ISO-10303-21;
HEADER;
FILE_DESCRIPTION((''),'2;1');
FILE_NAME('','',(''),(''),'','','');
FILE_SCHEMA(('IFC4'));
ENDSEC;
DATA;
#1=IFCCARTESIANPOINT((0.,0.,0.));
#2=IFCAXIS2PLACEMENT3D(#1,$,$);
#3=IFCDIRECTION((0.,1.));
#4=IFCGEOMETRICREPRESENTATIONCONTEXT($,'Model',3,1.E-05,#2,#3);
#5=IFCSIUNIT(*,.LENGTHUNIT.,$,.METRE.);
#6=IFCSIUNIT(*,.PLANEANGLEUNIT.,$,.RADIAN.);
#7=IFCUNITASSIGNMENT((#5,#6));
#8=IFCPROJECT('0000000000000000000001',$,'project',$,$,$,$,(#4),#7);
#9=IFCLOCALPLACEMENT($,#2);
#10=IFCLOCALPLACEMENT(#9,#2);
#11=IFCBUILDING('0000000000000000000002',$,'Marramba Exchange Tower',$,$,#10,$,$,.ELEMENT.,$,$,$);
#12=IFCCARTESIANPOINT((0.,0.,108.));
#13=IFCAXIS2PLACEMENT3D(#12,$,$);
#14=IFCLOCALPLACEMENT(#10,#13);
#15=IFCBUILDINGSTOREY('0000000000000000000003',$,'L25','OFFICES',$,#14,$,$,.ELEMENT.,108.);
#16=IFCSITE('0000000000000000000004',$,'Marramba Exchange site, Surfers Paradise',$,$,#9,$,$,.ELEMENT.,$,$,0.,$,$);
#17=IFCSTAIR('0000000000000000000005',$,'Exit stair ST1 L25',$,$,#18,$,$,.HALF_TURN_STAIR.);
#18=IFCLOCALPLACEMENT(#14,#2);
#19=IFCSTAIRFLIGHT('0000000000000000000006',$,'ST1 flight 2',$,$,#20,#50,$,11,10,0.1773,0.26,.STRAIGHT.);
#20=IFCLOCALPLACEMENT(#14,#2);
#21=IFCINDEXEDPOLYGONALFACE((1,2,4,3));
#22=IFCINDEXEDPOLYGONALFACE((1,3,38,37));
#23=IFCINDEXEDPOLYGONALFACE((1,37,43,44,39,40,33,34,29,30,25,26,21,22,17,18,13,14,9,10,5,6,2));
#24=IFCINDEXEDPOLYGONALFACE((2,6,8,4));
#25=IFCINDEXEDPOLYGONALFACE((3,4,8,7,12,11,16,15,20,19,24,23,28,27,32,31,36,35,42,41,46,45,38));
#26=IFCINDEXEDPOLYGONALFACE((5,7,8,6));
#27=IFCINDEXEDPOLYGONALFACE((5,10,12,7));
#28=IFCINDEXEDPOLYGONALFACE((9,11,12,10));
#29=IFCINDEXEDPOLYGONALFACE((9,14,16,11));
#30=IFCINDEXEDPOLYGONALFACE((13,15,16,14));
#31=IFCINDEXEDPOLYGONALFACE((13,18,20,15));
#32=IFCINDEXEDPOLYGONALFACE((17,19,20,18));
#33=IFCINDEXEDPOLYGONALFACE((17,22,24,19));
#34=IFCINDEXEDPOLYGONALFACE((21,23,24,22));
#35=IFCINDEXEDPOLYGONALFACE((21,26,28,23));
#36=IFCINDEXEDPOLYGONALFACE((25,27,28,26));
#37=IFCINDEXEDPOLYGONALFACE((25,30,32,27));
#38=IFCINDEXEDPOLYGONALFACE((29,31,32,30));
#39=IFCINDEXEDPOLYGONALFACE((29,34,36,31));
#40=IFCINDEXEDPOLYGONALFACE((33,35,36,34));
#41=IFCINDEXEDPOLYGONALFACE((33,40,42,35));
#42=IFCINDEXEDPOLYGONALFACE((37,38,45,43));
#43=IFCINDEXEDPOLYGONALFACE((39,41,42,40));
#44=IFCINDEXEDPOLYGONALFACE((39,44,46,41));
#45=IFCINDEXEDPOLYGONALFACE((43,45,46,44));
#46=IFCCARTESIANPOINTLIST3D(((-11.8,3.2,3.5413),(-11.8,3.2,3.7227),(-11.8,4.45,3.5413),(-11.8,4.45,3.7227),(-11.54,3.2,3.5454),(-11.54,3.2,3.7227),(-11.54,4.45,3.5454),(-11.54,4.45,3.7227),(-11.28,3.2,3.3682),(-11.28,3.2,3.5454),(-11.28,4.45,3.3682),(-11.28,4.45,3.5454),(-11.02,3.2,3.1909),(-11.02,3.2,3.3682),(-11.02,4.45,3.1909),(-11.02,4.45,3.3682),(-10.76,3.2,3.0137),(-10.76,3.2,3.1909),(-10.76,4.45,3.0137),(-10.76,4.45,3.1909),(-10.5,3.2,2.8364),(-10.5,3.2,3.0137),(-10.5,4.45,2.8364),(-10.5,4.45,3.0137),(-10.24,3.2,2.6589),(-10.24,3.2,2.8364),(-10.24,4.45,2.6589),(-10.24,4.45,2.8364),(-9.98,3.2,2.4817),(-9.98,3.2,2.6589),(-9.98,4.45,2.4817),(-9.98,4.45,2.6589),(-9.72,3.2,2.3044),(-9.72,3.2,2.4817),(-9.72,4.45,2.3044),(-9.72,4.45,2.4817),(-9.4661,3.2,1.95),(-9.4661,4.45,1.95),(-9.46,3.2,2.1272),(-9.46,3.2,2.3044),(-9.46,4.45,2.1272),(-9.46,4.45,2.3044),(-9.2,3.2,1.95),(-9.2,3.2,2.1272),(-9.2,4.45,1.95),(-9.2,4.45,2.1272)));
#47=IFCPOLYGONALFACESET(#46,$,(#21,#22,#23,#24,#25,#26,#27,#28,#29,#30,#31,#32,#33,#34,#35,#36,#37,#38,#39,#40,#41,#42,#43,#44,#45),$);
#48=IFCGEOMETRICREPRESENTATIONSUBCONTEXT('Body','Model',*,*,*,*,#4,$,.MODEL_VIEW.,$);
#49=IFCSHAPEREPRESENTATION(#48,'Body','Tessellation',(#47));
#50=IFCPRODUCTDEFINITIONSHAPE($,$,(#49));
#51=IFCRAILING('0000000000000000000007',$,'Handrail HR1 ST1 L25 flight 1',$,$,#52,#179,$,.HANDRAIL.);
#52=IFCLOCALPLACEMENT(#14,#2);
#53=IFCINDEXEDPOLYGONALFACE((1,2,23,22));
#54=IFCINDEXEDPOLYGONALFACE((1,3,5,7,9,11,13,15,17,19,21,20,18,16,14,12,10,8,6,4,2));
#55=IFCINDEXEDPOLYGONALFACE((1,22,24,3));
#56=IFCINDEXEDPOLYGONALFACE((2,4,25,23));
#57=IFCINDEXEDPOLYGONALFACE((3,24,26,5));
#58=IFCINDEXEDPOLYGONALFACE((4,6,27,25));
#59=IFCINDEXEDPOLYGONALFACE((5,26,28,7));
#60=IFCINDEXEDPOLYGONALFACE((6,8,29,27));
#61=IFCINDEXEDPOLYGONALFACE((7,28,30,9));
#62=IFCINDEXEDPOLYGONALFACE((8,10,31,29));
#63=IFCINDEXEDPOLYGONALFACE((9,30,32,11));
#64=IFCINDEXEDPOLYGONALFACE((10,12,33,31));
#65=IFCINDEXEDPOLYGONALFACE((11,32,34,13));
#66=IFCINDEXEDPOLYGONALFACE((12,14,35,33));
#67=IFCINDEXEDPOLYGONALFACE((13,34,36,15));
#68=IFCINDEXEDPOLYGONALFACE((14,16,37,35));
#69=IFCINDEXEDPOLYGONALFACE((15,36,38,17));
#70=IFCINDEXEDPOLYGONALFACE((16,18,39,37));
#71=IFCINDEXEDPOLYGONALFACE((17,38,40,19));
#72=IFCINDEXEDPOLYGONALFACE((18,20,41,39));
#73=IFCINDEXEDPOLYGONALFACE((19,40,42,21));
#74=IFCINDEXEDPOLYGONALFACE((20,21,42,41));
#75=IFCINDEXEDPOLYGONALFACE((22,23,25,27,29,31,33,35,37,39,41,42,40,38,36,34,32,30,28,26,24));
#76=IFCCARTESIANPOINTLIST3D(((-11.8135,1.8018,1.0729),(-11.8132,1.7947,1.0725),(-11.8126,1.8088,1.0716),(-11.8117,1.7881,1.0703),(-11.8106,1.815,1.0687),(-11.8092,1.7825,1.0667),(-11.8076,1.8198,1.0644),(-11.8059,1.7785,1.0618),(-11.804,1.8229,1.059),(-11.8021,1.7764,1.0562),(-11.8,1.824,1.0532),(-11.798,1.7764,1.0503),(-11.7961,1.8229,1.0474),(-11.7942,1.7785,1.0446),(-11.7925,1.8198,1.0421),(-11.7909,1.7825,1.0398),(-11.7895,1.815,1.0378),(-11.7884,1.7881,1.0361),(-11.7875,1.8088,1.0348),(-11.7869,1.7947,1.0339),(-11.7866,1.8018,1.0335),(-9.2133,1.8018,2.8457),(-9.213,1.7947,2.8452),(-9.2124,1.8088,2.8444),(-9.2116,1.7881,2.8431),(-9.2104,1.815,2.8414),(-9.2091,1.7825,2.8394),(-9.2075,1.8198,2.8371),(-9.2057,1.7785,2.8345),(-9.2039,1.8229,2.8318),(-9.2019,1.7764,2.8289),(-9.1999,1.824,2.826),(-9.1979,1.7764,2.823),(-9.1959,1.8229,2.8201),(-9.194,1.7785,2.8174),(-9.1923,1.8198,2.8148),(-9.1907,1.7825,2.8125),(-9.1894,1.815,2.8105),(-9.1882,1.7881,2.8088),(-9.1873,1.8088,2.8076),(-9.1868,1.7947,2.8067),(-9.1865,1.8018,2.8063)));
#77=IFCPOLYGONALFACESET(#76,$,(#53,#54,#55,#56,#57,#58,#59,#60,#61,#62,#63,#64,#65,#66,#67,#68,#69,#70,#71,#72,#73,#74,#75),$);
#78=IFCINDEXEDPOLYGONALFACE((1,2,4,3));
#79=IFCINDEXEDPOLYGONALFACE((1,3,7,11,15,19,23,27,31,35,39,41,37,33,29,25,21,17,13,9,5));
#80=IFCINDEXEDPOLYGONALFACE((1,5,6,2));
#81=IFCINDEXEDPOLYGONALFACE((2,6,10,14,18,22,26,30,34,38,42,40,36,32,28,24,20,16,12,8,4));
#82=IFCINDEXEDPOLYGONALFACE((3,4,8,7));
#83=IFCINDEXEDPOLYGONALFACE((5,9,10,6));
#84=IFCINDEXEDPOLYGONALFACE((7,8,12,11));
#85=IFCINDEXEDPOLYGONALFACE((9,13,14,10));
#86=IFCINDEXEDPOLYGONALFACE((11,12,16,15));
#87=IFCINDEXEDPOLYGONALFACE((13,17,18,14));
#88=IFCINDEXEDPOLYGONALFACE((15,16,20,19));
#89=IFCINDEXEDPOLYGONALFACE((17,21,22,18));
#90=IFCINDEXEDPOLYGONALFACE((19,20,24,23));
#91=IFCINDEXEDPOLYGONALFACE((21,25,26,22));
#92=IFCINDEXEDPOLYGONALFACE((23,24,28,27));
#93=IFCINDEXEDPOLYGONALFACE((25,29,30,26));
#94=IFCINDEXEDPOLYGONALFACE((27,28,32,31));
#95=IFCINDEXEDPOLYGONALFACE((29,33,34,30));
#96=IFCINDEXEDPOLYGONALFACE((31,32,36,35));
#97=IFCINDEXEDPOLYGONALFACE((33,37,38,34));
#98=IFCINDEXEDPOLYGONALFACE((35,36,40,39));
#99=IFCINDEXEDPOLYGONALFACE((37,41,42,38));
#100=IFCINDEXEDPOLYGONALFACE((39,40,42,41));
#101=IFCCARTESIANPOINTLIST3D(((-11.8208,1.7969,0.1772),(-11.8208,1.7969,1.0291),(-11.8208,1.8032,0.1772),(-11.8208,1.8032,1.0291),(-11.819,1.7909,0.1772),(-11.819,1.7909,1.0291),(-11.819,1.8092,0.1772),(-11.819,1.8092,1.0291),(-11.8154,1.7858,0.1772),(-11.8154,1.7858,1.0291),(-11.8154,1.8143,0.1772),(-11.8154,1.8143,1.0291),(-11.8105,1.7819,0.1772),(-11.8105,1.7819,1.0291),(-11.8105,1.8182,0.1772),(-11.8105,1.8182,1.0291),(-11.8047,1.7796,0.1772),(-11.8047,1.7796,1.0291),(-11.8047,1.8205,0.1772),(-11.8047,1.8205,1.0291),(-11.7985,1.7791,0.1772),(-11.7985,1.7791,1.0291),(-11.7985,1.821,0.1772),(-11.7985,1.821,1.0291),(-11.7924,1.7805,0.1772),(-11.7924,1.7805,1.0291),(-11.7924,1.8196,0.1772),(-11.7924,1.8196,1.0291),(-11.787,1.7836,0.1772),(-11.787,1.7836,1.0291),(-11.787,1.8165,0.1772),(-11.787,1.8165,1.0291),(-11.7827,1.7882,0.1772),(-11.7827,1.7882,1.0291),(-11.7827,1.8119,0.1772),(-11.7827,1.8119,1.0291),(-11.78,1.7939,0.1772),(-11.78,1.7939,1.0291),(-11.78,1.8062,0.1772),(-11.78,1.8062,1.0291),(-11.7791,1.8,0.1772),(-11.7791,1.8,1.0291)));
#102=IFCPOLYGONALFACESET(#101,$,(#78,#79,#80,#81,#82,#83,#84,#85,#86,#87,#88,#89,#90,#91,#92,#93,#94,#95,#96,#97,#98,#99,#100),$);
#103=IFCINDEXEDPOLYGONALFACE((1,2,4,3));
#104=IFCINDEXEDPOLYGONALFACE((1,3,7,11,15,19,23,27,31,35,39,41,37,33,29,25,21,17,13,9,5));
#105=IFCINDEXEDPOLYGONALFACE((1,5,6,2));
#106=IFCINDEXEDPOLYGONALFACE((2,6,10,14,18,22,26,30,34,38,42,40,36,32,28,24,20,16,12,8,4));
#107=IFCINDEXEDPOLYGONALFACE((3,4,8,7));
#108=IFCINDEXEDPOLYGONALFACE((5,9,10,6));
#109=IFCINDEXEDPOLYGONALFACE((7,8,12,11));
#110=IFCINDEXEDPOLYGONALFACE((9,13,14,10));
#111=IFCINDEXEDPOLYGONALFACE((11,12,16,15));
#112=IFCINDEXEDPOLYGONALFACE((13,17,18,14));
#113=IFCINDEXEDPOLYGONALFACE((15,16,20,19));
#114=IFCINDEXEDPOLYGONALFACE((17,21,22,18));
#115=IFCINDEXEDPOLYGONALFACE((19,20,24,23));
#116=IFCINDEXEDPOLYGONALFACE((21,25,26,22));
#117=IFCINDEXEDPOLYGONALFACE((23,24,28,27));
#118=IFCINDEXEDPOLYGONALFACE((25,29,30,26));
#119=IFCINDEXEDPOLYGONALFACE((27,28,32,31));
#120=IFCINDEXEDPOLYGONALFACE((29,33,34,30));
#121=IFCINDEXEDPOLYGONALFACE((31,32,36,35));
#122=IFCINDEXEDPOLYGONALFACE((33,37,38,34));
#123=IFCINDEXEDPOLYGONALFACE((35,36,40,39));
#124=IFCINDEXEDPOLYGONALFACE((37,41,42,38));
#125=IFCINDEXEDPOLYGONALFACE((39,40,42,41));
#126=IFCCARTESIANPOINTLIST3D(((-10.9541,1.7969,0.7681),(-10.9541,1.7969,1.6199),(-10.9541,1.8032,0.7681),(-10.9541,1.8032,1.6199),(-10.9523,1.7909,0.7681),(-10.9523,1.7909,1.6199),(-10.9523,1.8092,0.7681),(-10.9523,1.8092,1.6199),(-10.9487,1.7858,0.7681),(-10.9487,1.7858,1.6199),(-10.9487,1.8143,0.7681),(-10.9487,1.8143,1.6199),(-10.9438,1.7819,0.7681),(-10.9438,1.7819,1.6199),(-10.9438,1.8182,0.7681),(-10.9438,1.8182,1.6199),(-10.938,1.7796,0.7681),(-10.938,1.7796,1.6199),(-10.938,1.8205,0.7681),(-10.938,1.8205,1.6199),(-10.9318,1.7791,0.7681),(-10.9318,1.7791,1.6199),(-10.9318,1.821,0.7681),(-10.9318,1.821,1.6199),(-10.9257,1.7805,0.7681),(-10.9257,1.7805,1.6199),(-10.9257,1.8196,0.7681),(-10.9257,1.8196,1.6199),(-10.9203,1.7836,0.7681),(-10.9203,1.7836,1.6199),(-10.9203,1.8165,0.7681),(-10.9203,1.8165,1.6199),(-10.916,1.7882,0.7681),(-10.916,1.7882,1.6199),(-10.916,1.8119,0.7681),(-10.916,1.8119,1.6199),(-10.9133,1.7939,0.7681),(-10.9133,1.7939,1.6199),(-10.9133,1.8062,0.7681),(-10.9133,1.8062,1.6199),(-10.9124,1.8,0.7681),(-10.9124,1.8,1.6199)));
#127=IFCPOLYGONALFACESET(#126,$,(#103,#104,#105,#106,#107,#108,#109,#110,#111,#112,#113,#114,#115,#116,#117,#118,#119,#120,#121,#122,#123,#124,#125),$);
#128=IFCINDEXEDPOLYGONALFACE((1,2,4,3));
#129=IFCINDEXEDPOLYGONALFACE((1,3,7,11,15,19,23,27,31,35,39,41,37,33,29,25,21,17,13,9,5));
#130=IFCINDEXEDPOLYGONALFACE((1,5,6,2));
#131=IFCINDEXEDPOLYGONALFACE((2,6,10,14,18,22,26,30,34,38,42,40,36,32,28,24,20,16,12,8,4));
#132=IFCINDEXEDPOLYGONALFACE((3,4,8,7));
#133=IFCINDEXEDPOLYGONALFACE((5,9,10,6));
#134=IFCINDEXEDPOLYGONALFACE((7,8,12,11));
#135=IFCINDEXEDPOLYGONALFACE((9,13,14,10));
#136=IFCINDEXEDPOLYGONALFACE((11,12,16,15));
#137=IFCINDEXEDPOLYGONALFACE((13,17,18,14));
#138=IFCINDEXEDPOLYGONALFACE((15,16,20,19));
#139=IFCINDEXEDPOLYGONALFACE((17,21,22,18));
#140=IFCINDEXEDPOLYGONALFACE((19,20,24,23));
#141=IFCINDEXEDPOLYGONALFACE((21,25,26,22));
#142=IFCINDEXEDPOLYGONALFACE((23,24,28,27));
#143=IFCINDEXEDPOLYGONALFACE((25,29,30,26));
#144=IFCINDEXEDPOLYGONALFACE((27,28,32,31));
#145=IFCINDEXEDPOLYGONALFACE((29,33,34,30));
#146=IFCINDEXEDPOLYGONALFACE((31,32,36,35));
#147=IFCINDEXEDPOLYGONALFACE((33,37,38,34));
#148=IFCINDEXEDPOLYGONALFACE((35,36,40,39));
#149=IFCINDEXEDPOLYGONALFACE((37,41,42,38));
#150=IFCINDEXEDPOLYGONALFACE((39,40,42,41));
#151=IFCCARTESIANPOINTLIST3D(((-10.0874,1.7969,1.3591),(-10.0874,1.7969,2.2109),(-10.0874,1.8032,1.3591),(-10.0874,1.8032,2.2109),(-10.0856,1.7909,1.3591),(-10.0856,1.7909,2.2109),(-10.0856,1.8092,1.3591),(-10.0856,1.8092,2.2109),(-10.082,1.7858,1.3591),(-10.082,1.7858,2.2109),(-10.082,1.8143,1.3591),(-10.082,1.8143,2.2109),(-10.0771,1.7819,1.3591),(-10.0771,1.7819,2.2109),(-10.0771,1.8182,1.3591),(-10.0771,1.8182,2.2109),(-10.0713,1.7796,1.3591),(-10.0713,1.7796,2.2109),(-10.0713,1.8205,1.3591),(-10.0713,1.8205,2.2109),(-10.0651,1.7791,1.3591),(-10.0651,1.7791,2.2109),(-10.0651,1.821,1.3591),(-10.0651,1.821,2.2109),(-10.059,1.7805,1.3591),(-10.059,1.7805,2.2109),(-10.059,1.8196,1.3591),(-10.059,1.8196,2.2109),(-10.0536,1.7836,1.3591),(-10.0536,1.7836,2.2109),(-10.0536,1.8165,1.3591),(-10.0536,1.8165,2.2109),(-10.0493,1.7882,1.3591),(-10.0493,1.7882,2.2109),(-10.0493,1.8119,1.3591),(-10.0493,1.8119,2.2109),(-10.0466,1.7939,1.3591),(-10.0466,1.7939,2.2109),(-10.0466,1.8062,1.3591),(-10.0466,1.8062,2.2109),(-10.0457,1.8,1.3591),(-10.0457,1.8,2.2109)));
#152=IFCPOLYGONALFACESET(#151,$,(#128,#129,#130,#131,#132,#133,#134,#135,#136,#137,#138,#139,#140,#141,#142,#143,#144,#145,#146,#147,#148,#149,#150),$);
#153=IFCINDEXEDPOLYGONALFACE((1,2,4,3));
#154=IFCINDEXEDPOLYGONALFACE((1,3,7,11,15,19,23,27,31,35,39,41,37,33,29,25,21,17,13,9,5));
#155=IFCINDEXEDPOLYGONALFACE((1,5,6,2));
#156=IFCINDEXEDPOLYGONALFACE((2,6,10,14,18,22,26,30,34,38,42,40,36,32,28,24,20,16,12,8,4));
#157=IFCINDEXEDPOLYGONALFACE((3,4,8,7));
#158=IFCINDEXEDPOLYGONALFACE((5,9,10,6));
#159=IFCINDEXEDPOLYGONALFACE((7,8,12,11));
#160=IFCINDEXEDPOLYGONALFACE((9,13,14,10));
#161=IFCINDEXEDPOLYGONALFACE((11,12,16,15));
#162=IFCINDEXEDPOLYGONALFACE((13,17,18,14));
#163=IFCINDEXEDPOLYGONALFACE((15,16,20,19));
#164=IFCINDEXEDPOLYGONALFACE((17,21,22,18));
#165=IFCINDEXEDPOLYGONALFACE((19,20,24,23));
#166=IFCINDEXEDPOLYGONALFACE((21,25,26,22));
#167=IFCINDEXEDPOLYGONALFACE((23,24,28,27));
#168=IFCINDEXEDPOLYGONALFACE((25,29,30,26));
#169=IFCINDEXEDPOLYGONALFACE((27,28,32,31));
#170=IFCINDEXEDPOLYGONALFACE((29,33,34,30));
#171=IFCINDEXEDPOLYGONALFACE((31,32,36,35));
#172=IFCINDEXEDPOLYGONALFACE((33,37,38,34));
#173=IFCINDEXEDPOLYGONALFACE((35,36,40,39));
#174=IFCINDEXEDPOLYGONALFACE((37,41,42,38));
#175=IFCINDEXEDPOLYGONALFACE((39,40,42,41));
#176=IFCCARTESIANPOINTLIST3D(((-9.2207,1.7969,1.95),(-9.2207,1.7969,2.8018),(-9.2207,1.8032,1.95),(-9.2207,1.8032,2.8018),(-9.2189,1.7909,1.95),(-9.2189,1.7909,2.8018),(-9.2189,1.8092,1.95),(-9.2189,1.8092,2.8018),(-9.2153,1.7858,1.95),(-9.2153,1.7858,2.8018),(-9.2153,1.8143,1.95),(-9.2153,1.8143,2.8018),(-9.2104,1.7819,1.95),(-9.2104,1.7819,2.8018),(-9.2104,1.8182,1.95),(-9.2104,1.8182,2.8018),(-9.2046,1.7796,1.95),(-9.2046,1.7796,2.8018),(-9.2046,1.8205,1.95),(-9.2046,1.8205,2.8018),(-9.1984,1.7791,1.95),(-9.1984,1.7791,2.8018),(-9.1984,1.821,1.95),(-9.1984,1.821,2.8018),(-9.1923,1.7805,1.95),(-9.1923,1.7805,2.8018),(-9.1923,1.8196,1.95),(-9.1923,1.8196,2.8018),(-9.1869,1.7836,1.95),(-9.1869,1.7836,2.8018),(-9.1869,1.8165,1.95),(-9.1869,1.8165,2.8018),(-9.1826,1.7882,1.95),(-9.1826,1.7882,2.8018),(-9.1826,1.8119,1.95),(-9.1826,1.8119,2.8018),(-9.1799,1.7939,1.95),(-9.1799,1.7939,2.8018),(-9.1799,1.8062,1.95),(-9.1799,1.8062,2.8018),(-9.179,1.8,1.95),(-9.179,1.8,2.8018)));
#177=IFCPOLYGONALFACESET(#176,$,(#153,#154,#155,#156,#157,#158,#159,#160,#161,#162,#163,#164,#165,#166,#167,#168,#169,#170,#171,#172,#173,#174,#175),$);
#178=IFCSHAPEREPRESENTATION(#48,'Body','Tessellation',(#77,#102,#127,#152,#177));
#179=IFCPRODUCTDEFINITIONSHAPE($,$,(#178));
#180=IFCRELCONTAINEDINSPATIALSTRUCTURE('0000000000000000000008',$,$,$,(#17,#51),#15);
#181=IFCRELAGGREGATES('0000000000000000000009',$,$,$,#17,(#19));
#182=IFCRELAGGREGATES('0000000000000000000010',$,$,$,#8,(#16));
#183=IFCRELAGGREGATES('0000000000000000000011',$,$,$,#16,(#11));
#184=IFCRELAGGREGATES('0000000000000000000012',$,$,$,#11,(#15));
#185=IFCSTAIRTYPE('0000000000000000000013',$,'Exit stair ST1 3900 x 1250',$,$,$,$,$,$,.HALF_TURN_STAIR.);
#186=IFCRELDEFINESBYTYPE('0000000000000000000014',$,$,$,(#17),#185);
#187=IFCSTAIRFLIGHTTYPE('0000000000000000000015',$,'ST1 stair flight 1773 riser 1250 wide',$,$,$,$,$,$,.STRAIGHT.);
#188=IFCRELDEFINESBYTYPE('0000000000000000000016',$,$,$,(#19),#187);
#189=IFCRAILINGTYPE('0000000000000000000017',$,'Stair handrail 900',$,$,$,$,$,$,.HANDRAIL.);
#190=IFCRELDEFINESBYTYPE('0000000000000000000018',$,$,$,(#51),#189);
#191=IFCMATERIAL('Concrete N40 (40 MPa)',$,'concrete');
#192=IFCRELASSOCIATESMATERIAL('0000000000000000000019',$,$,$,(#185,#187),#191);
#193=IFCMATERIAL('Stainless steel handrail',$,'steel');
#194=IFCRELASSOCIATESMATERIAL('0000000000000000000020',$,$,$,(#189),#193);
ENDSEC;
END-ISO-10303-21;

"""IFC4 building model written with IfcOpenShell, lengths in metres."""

from ifc_helpers import new_model, si_unit, direction, frame, origin, origin_2d, place, context, subcontext, project, spatial, polyline, circle, outline, extrude, material, type_object, element, aggregate, save


model = new_model("IFC4")

# Units and contexts
model_context = context("Model", 3, precision=1e-05, world=origin(), true_north=direction((0.0, 1.0)))
body_context = subcontext(model_context, "Body", "Model", "MODEL_VIEW")
ifc_project = project(units=[si_unit("LENGTHUNIT", "METRE"), si_unit("PLANEANGLEUNIT", "RADIAN")], contexts=[model_context])

# Site, building, storey
site_placement = place(None, origin())
site = spatial("IfcSite", under=ifc_project, at=site_placement, Name="Marramba Exchange site, Surfers Paradise", CompositionType="ELEMENT", RefElevation=0.0)
building_placement = place(site_placement, origin())
building = spatial("IfcBuilding", under=site, at=building_placement, Name="Marramba Exchange Tower", CompositionType="ELEMENT")
storey_placement = place(building_placement, frame((0.0, 0.0, 108.0)))
storey = spatial("IfcBuildingStorey", under=building, at=storey_placement, Name="L25", Description="OFFICES", CompositionType="ELEMENT", Elevation=108.0)

# Stair, stair flight
ifc_material_1 = material(Name="Concrete N40 (40 MPa)", Category="concrete")
stair_type = type_object("IfcStairType", Name="Exit stair ST1 3900 x 1250", PredefinedType="HALF_TURN_STAIR", material=ifc_material_1)
stair_placement = place(storey_placement, origin())
stair = element("IfcStair", 1, at=stair_placement, inside=storey, type_object=stair_type, Name="Exit stair ST1 L25", PredefinedType="HALF_TURN_STAIR")
stair_flight_type = type_object("IfcStairFlightType", Name="ST1 stair flight 1773 riser 1250 wide", PredefinedType="STRAIGHT", material=ifc_material_1)
stair_flight_1_placement = place(storey_placement, frame((-9.2, 3.825, 1.95), z_axis=(0.0, 0.0, 1.0), x_axis=(-1.0, 0.0, 0.0)))
stair_flight_1 = element("IfcStairFlight", 2, at=stair_flight_1_placement, type_object=stair_flight_type, Name="ST1 flight 2", NumberOfRisers=11, NumberOfTreads=10, PredefinedType="STRAIGHT", RiserHeight=0.1773, TreadLength=0.26, context=body_context, shape_type="SweptSolid", body=[
    extrude(outline(polyline([(0.0, 0.0), (0.0, 0.1772), (0.26, 0.1772), (0.26, 0.3545), (0.52, 0.3545), (0.52, 0.5317), (0.78, 0.5317), (0.78, 0.709), (1.04, 0.709), (1.04, 0.8865), (1.3, 0.8865), (1.3, 1.0637), (1.5601, 1.0637), (1.5601, 1.241), (1.8201, 1.241), (1.8201, 1.4182), (2.0801, 1.4182), (2.0801, 1.5955), (2.3401, 1.5955), (2.3401, 1.7727), (2.6001, 1.7727), (2.6001, 1.95), (2.6001, 1.5913), (0.2661, 0.0), (0.0, 0.0)])), frame((0.0, 0.625, 0.0), z_axis=(0.0, -1.0, 0.0), x_axis=(1.0, 0.0, 0.0)), (0.0, 0.0, 1.0), 1.25),
])
aggregate(stair, [stair_flight_1])

# Railing
ifc_material_2 = material(Name="Stainless steel handrail", Category="steel")
railing_type = type_object("IfcRailingType", Name="Stair handrail 900", PredefinedType="HANDRAIL", material=ifc_material_2)
railing_1_placement = place(storey_placement, frame((-11.8, 1.8, 0.1772)))
element("IfcRailing", 3, at=railing_1_placement, inside=storey, type_object=railing_type, Name="Handrail HR1 ST1 L25 flight 1", PredefinedType="HANDRAIL", context=body_context, shape_type="SweptSolid", body=[
    extrude(circle(Radius=0.0239, at=origin_2d()), frame((0.0, 0.0, 0.876), z_axis=(0.82624, 0.0, 0.563318), x_axis=(0.0, 1.0, 0.0)), (0.0, 0.0, 1.0), 3.147),
    extrude(circle(Radius=0.021, at=origin_2d()), origin(), (0.0, 0.0, 1.0), 0.8518),
    extrude(circle(Radius=0.021, at=origin_2d()), frame((0.8667, 0.0, 0.5908)), (0.0, 0.0, 1.0), 0.8518),
    extrude(circle(Radius=0.021, at=origin_2d()), frame((1.7334, 0.0, 1.1819)), (0.0, 0.0, 1.0), 0.8518),
    extrude(circle(Radius=0.021, at=origin_2d()), frame((2.6001, 0.0, 1.7727)), (0.0, 0.0, 1.0), 0.8518),
])

save(model, "model.ifc")
